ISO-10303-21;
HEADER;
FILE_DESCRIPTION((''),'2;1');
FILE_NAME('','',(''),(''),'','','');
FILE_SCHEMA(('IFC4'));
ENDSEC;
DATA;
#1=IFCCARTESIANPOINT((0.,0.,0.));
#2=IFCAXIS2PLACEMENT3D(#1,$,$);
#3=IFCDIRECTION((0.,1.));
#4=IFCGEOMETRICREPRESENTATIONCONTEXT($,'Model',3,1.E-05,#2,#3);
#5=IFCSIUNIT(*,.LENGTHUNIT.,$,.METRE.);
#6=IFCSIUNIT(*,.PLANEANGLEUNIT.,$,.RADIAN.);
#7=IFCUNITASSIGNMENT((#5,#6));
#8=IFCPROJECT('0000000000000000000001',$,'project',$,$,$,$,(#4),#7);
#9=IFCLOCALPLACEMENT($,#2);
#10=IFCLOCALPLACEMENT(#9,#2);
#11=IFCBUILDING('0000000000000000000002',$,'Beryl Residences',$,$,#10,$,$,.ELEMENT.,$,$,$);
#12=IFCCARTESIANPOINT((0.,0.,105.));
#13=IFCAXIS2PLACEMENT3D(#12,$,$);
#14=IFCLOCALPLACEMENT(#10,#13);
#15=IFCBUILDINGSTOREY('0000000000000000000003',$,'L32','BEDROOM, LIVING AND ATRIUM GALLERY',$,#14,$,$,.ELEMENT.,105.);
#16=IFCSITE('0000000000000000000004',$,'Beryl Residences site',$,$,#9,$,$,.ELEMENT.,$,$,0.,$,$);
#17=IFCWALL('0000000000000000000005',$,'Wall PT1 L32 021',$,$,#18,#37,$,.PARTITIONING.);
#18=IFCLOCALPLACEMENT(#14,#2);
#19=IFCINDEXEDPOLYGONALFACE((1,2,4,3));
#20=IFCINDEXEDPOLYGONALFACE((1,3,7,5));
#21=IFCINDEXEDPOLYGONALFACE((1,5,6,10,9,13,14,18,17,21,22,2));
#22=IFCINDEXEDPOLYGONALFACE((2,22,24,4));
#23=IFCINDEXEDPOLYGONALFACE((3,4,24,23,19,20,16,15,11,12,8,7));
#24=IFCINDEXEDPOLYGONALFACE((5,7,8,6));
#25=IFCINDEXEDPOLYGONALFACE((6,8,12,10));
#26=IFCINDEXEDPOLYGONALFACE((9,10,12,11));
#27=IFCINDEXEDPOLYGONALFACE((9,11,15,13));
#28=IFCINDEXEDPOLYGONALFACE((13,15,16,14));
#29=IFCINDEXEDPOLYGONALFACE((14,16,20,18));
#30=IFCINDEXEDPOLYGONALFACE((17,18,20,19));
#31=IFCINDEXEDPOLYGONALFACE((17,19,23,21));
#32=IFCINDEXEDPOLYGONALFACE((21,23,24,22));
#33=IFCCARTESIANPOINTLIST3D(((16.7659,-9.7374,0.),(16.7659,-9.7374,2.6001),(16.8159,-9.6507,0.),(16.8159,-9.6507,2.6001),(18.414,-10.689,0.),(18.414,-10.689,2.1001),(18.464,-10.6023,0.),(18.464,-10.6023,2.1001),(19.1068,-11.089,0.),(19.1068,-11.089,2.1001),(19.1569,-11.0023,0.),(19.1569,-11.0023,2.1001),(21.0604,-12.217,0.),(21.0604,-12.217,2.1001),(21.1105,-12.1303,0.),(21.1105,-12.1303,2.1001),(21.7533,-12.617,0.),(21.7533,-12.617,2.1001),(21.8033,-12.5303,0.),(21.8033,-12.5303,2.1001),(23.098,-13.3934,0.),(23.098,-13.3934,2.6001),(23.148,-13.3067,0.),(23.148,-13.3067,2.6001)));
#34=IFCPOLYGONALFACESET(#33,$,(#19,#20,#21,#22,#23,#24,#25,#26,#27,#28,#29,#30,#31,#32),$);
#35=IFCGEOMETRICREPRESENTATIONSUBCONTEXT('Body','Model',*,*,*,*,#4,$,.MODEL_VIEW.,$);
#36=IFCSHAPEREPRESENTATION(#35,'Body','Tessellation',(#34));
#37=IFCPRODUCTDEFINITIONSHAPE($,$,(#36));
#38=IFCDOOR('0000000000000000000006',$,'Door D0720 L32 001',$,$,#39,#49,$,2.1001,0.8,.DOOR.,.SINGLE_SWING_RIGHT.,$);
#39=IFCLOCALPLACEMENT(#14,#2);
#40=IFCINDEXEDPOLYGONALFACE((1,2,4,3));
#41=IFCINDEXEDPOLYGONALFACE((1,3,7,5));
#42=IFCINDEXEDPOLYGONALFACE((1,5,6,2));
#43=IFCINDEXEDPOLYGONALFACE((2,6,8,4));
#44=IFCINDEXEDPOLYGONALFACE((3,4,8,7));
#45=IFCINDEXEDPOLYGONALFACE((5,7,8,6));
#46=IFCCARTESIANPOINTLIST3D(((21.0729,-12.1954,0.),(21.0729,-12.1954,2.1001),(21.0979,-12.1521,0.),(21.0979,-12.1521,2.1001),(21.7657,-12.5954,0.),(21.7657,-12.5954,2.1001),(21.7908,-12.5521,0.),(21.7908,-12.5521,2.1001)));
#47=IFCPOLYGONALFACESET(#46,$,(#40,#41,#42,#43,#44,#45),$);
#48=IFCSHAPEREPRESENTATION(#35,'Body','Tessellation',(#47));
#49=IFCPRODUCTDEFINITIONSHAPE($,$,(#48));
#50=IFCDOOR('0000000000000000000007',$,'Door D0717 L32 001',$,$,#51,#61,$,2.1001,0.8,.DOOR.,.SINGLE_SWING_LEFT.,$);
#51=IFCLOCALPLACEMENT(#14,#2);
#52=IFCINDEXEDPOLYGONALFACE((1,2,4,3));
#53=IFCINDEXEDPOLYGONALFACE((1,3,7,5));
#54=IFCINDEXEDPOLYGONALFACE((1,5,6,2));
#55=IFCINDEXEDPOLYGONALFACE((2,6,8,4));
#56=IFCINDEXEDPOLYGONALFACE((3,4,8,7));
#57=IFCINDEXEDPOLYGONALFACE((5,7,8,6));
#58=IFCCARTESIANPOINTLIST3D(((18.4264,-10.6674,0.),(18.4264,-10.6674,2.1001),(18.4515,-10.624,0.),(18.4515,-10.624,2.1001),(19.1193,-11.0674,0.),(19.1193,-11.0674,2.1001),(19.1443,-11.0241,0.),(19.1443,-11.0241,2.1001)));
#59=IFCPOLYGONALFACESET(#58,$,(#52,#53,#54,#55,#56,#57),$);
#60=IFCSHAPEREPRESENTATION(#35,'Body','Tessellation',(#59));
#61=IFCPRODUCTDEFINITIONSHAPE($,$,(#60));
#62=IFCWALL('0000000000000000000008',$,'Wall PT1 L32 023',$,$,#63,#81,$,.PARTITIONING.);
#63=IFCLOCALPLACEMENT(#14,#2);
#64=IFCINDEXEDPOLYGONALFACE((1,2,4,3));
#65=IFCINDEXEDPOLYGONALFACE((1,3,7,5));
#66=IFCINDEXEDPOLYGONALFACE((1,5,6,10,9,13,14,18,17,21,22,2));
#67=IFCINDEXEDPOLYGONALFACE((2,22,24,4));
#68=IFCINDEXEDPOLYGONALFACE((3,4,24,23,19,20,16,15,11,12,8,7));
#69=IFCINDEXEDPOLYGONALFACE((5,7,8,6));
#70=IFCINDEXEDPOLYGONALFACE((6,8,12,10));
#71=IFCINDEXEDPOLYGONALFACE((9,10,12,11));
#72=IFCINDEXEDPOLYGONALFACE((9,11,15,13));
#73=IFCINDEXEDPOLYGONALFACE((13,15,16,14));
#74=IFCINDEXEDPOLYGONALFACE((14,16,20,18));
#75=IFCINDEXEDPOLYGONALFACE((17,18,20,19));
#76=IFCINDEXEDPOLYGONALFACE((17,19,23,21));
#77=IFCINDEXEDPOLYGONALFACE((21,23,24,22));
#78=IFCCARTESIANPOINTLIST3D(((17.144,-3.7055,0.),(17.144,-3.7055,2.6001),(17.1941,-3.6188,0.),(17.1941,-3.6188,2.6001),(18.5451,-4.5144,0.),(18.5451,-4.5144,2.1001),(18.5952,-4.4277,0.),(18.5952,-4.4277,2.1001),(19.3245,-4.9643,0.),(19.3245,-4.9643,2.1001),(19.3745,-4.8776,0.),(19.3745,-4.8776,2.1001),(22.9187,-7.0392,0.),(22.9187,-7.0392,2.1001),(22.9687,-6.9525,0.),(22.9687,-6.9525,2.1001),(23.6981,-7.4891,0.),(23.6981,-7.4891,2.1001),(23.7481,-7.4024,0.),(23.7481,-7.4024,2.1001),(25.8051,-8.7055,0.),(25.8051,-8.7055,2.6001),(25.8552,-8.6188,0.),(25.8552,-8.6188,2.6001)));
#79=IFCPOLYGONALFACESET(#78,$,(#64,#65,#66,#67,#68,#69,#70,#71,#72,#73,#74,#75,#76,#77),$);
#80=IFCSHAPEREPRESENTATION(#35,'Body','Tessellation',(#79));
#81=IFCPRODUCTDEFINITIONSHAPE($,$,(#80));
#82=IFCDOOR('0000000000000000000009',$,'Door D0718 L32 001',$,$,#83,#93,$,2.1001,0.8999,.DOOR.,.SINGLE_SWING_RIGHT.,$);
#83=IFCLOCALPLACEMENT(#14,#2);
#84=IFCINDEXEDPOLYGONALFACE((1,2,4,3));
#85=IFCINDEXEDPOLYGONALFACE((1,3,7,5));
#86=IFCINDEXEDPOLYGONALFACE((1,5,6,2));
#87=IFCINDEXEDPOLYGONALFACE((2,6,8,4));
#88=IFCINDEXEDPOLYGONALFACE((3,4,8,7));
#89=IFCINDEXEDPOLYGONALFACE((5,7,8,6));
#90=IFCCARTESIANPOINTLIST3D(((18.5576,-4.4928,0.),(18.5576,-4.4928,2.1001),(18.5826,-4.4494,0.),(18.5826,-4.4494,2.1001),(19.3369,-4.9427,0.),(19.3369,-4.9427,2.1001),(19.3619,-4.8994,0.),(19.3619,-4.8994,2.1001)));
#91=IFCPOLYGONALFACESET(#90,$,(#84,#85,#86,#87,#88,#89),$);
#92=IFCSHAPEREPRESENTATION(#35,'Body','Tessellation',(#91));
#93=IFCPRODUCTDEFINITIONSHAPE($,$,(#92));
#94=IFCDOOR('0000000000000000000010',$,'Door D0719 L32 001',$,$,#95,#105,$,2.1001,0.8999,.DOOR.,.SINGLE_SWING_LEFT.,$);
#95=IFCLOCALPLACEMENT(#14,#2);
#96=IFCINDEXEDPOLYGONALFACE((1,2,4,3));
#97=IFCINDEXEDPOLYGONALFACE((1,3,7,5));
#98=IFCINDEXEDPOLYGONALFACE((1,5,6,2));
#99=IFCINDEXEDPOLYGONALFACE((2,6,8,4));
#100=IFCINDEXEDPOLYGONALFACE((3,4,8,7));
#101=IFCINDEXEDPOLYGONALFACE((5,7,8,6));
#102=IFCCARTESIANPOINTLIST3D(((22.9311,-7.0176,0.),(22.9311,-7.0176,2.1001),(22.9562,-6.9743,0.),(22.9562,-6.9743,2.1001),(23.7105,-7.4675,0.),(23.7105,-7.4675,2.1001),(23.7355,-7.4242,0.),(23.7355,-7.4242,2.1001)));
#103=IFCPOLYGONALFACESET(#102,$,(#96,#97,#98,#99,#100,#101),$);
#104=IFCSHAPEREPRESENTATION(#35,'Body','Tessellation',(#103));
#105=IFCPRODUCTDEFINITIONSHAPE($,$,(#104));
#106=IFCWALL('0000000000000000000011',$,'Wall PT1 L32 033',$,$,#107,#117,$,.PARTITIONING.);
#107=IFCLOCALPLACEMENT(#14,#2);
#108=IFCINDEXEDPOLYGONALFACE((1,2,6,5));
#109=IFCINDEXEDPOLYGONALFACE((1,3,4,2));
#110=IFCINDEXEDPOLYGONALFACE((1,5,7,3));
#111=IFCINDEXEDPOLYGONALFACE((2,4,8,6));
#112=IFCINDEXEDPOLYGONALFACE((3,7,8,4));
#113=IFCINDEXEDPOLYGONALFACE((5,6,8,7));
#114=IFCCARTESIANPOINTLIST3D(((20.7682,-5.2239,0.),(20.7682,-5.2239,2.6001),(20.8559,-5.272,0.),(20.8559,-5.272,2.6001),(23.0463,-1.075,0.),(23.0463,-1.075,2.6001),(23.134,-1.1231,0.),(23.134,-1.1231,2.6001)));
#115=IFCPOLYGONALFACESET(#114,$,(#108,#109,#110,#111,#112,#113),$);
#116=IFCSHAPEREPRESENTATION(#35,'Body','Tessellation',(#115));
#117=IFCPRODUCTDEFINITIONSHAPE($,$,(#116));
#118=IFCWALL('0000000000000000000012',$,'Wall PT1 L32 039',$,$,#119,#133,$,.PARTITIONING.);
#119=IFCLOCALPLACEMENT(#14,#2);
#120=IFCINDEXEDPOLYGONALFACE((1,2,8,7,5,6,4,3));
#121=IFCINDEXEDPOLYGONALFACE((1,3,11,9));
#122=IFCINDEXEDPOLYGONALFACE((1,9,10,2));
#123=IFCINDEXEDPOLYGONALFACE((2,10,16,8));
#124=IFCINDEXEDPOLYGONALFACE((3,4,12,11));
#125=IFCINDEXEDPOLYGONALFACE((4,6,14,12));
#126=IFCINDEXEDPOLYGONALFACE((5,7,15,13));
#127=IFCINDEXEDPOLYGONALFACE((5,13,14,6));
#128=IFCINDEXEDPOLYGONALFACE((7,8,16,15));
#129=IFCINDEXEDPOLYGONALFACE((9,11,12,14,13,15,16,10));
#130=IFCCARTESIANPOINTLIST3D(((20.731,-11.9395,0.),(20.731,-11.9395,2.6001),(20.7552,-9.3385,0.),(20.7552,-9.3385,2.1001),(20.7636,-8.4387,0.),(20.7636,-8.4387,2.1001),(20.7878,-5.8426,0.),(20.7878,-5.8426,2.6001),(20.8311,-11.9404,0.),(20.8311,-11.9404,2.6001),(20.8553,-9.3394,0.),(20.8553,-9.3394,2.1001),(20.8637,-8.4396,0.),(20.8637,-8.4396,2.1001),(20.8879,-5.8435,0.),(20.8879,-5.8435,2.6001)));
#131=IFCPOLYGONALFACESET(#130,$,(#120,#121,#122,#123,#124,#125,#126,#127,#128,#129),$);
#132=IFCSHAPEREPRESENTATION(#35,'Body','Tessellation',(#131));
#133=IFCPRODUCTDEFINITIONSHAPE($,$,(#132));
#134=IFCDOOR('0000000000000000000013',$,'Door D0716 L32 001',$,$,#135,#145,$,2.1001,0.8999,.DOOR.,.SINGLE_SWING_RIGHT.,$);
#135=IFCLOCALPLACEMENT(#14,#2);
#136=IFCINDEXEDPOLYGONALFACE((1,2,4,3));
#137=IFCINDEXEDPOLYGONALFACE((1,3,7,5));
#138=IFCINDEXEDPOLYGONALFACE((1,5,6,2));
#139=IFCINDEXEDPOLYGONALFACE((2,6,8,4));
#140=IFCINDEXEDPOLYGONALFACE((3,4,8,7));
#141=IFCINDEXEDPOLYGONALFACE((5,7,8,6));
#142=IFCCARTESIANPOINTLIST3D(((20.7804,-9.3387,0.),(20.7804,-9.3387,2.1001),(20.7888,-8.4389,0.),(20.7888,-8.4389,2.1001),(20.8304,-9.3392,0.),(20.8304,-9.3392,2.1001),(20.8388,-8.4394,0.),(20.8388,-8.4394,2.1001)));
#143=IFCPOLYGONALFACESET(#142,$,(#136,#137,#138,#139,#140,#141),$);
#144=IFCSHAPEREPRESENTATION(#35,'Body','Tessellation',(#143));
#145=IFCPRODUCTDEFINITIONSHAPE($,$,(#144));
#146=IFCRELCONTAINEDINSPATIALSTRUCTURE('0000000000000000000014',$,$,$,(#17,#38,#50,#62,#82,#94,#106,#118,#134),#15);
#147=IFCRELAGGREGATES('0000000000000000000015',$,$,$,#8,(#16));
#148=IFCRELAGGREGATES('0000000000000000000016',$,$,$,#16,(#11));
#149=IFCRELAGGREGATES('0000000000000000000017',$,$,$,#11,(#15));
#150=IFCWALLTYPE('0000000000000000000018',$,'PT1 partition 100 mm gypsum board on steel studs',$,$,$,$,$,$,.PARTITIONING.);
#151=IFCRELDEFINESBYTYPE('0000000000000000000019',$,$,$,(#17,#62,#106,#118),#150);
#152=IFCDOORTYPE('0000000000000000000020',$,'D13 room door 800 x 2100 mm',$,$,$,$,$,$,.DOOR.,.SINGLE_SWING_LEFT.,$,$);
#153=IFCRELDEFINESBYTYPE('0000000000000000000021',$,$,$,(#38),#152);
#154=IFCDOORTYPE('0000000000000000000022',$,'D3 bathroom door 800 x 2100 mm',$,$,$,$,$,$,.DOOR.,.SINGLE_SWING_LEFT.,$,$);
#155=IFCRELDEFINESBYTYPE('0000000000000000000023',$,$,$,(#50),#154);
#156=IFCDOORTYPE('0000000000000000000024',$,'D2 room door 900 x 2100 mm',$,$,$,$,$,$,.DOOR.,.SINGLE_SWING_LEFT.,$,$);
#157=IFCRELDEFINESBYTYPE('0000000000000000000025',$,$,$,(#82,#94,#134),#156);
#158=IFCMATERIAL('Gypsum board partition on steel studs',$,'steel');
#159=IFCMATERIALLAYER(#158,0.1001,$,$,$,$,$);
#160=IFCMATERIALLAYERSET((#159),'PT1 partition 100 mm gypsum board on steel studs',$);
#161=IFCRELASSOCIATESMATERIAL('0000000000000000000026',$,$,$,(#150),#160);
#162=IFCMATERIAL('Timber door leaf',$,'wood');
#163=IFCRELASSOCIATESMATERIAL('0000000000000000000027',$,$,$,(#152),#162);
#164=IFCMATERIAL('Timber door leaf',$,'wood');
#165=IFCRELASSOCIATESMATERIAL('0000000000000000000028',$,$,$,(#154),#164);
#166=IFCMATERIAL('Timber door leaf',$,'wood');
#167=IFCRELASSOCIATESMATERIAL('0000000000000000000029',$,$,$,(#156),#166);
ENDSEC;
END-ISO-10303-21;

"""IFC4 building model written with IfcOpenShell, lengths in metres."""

from ifc_helpers import new_model, si_unit, direction, frame, frame_2d, origin, place, context, subcontext, project, spatial, rectangle, extrude, material, layer, layer_set, type_object, element, fill, save


model = new_model("IFC4")

# Units and contexts
model_context = context("Model", 3, precision=1e-05, world=origin(), true_north=direction((0.0, 1.0)))
body_context = subcontext(model_context, "Body", "Model", "MODEL_VIEW")
ifc_project = project(units=[si_unit("LENGTHUNIT", "METRE"), si_unit("PLANEANGLEUNIT", "RADIAN")], contexts=[model_context])

# Site, building, storey
site_placement = place(None, origin())
site = spatial("IfcSite", under=ifc_project, at=site_placement, Name="Beryl Residences site", CompositionType="ELEMENT", RefElevation=0.0)
building_placement = place(site_placement, origin())
building = spatial("IfcBuilding", under=site, at=building_placement, Name="Beryl Residences", CompositionType="ELEMENT")
storey_placement = place(building_placement, frame((0.0, 0.0, 105.0)))
storey = spatial("IfcBuildingStorey", under=building, at=storey_placement, Name="L32", Description="BEDROOM, LIVING AND ATRIUM GALLERY", CompositionType="ELEMENT", Elevation=105.0)

# Shared definitions
ifc_material_1 = material(Name="Gypsum board partition on steel studs", Category="steel")
ifc_layer_1 = layer(ifc_material_1, 0.1001)
ifc_layer_set_1 = layer_set([ifc_layer_1], Name="PT1 partition 100 mm gypsum board on steel studs")
wall_type_1 = type_object("IfcWallType", Name="PT1 partition 100 mm gypsum board on steel studs", PredefinedType="PARTITIONING", material=ifc_layer_set_1)

# Walls, openings, doors
wall_1_placement = place(storey_placement, frame((16.791, -9.6941, 0.0), z_axis=(0.0, 0.0, 1.0), x_axis=(0.866013, -0.500021, 0.0)))
wall_1 = element("IfcWall", 1, at=wall_1_placement, inside=storey, type_object=wall_type_1, Name="Wall PT1 L32 021", PredefinedType="PARTITIONING", context=body_context, shape_type="SweptSolid", body=[
    extrude(rectangle(XDim=7.3118, YDim=0.1001, at=frame_2d((3.6558, 0.0))), origin(), (0.0, 0.0, 1.0), 2.6001),
])
opening_1_placement = place(wall_1_placement, frame((1.9031, 0.0, 0.0)))
opening_1 = element("IfcOpeningElement", 2, at=opening_1_placement, cuts=wall_1, PredefinedType="OPENING", context=body_context, shape_type="SweptSolid", body=[
    extrude(rectangle(XDim=0.8, YDim=2.1001, at=frame_2d((0.3999, 1.05))), frame((0.0, 0.0601, 0.0), z_axis=(0.0, -1.0, 0.0), x_axis=(1.0, 0.0, 0.0)), (0.0, 0.0, 1.0), 0.1201),
])
opening_2_placement = place(wall_1_placement, frame((4.959, 0.0, 0.0)))
opening_2 = element("IfcOpeningElement", 3, at=opening_2_placement, cuts=wall_1, PredefinedType="OPENING", context=body_context, shape_type="SweptSolid", body=[
    extrude(rectangle(XDim=0.8, YDim=2.1001, at=frame_2d((0.3999, 1.05))), frame((0.0, 0.0601, 0.0), z_axis=(0.0, -1.0, 0.0), x_axis=(1.0, 0.0, 0.0)), (0.0, 0.0, 1.0), 0.1201),
])
ifc_material_2 = material(Name="Timber door leaf", Category="wood")
door_type_1 = type_object("IfcDoorType", Name="D13 room door 800 x 2100 mm", OperationType="SINGLE_SWING_LEFT", PredefinedType="DOOR", material=ifc_material_2)
door_1_placement = place(opening_2_placement, origin())
door_1 = element("IfcDoor", 4, at=door_1_placement, inside=storey, type_object=door_type_1, Name="Door D0720 L32 001", OperationType="SINGLE_SWING_RIGHT", OverallHeight=2.1001, OverallWidth=0.8, PredefinedType="DOOR", context=body_context, shape_type="SweptSolid", body=[
    extrude(rectangle(XDim=0.8, YDim=2.1001, at=frame_2d((0.3999, 1.05))), frame((0.0, 0.0249, 0.0), z_axis=(0.0, -1.0, 0.0), x_axis=(1.0, 0.0, 0.0)), (0.0, 0.0, 1.0), 0.05),
])
fill(opening_2, door_1)
ifc_material_3 = material(Name="Timber door leaf", Category="wood")
door_type_2 = type_object("IfcDoorType", Name="D3 bathroom door 800 x 2100 mm", OperationType="SINGLE_SWING_LEFT", PredefinedType="DOOR", material=ifc_material_3)
door_2_placement = place(opening_1_placement, origin())
door_2 = element("IfcDoor", 5, at=door_2_placement, inside=storey, type_object=door_type_2, Name="Door D0717 L32 001", OperationType="SINGLE_SWING_LEFT", OverallHeight=2.1001, OverallWidth=0.8, PredefinedType="DOOR", context=body_context, shape_type="SweptSolid", body=[
    extrude(rectangle(XDim=0.8, YDim=2.1001, at=frame_2d((0.3999, 1.05))), frame((0.0, 0.0249, 0.0), z_axis=(0.0, -1.0, 0.0), x_axis=(1.0, 0.0, 0.0)), (0.0, 0.0, 1.0), 0.05),
])
fill(opening_1, door_2)
wall_2_placement = place(storey_placement, frame((17.1689, -3.6621, 0.0), z_axis=(0.0, 0.0, 1.0), x_axis=(0.866047, -0.499962, 0.0)))
wall_2 = element("IfcWall", 6, at=wall_2_placement, inside=storey, type_object=wall_type_1, Name="Wall PT1 L32 023", PredefinedType="PARTITIONING", context=body_context, shape_type="SweptSolid", body=[
    extrude(rectangle(XDim=10.0007, YDim=0.1001, at=frame_2d((5.0005, 0.0))), origin(), (0.0, 0.0, 1.0), 2.6001),
])
opening_3_placement = place(wall_2_placement, frame((1.6179, 0.0, 0.0)))
opening_3 = element("IfcOpeningElement", 7, at=opening_3_placement, cuts=wall_2, PredefinedType="OPENING", context=body_context, shape_type="SweptSolid", body=[
    extrude(rectangle(XDim=0.8999, YDim=2.1001, at=frame_2d((0.45, 1.05))), frame((0.0, 0.0601, 0.0), z_axis=(0.0, -1.0, 0.0), x_axis=(1.0, 0.0, 0.0)), (0.0, 0.0, 1.0), 0.1201),
])
opening_4_placement = place(wall_2_placement, frame((6.668, 0.0, 0.0)))
opening_4 = element("IfcOpeningElement", 8, at=opening_4_placement, cuts=wall_2, PredefinedType="OPENING", context=body_context, shape_type="SweptSolid", body=[
    extrude(rectangle(XDim=0.8999, YDim=2.1001, at=frame_2d((0.45, 1.05))), frame((0.0, 0.0601, 0.0), z_axis=(0.0, -1.0, 0.0), x_axis=(1.0, 0.0, 0.0)), (0.0, 0.0, 1.0), 0.1201),
])
ifc_material_4 = material(Name="Timber door leaf", Category="wood")
door_type_3 = type_object("IfcDoorType", Name="D2 room door 900 x 2100 mm", OperationType="SINGLE_SWING_LEFT", PredefinedType="DOOR", material=ifc_material_4)
door_3_placement = place(opening_3_placement, origin())
door_3 = element("IfcDoor", 9, at=door_3_placement, inside=storey, type_object=door_type_3, Name="Door D0718 L32 001", OperationType="SINGLE_SWING_RIGHT", OverallHeight=2.1001, OverallWidth=0.8999, PredefinedType="DOOR", context=body_context, shape_type="SweptSolid", body=[
    extrude(rectangle(XDim=0.8999, YDim=2.1001, at=frame_2d((0.45, 1.05))), frame((0.0, 0.0249, 0.0), z_axis=(0.0, -1.0, 0.0), x_axis=(1.0, 0.0, 0.0)), (0.0, 0.0, 1.0), 0.05),
])
fill(opening_3, door_3)
door_4_placement = place(opening_4_placement, origin())
door_4 = element("IfcDoor", 10, at=door_4_placement, inside=storey, type_object=door_type_3, Name="Door D0719 L32 001", OperationType="SINGLE_SWING_LEFT", OverallHeight=2.1001, OverallWidth=0.8999, PredefinedType="DOOR", context=body_context, shape_type="SweptSolid", body=[
    extrude(rectangle(XDim=0.8999, YDim=2.1001, at=frame_2d((0.45, 1.05))), frame((0.0, 0.0249, 0.0), z_axis=(0.0, -1.0, 0.0), x_axis=(1.0, 0.0, 0.0)), (0.0, 0.0, 1.0), 0.05),
])
fill(opening_4, door_4)

# Wall
wall_3_placement = place(storey_placement, frame((20.812, -5.248, 0.0), z_axis=(0.0, 0.0, 1.0), x_axis=(0.481297, 0.876558, 0.0)))
element("IfcWall", 11, at=wall_3_placement, inside=storey, type_object=wall_type_1, Name="Wall PT1 L32 033", PredefinedType="PARTITIONING", context=body_context, shape_type="SweptSolid", body=[
    extrude(rectangle(XDim=4.7332, YDim=0.1001, at=frame_2d((2.3667, 0.0))), origin(), (0.0, 0.0, 1.0), 2.6001),
])

# Wall, opening, door
wall_4_placement = place(storey_placement, frame((20.781, -11.9399, 0.0), z_axis=(0.0, 0.0, 1.0), x_axis=(0.00933, 0.999956, 0.0)))
wall_4 = element("IfcWall", 12, at=wall_4_placement, inside=storey, type_object=wall_type_1, Name="Wall PT1 L32 039", PredefinedType="PARTITIONING", context=body_context, shape_type="SweptSolid", body=[
    extrude(rectangle(XDim=6.0972, YDim=0.1001, at=frame_2d((3.0486, 0.0))), origin(), (0.0, 0.0, 1.0), 2.6001),
])
opening_5_placement = place(wall_4_placement, frame((2.6011, 0.0, 0.0)))
opening_5 = element("IfcOpeningElement", 13, at=opening_5_placement, cuts=wall_4, PredefinedType="OPENING", context=body_context, shape_type="SweptSolid", body=[
    extrude(rectangle(XDim=0.8999, YDim=2.1001, at=frame_2d((0.45, 1.05))), frame((0.0, 0.0601, 0.0), z_axis=(0.0, -1.0, 0.0), x_axis=(1.0, 0.0, 0.0)), (0.0, 0.0, 1.0), 0.1201),
])
door_5_placement = place(opening_5_placement, origin())
door_5 = element("IfcDoor", 14, at=door_5_placement, inside=storey, type_object=door_type_3, Name="Door D0716 L32 001", OperationType="SINGLE_SWING_RIGHT", OverallHeight=2.1001, OverallWidth=0.8999, PredefinedType="DOOR", context=body_context, shape_type="SweptSolid", body=[
    extrude(rectangle(XDim=0.8999, YDim=2.1001, at=frame_2d((0.45, 1.05))), frame((0.0, 0.0249, 0.0), z_axis=(0.0, -1.0, 0.0), x_axis=(1.0, 0.0, 0.0)), (0.0, 0.0, 1.0), 0.05),
])
fill(opening_5, door_5)

save(model, "model.ifc")
